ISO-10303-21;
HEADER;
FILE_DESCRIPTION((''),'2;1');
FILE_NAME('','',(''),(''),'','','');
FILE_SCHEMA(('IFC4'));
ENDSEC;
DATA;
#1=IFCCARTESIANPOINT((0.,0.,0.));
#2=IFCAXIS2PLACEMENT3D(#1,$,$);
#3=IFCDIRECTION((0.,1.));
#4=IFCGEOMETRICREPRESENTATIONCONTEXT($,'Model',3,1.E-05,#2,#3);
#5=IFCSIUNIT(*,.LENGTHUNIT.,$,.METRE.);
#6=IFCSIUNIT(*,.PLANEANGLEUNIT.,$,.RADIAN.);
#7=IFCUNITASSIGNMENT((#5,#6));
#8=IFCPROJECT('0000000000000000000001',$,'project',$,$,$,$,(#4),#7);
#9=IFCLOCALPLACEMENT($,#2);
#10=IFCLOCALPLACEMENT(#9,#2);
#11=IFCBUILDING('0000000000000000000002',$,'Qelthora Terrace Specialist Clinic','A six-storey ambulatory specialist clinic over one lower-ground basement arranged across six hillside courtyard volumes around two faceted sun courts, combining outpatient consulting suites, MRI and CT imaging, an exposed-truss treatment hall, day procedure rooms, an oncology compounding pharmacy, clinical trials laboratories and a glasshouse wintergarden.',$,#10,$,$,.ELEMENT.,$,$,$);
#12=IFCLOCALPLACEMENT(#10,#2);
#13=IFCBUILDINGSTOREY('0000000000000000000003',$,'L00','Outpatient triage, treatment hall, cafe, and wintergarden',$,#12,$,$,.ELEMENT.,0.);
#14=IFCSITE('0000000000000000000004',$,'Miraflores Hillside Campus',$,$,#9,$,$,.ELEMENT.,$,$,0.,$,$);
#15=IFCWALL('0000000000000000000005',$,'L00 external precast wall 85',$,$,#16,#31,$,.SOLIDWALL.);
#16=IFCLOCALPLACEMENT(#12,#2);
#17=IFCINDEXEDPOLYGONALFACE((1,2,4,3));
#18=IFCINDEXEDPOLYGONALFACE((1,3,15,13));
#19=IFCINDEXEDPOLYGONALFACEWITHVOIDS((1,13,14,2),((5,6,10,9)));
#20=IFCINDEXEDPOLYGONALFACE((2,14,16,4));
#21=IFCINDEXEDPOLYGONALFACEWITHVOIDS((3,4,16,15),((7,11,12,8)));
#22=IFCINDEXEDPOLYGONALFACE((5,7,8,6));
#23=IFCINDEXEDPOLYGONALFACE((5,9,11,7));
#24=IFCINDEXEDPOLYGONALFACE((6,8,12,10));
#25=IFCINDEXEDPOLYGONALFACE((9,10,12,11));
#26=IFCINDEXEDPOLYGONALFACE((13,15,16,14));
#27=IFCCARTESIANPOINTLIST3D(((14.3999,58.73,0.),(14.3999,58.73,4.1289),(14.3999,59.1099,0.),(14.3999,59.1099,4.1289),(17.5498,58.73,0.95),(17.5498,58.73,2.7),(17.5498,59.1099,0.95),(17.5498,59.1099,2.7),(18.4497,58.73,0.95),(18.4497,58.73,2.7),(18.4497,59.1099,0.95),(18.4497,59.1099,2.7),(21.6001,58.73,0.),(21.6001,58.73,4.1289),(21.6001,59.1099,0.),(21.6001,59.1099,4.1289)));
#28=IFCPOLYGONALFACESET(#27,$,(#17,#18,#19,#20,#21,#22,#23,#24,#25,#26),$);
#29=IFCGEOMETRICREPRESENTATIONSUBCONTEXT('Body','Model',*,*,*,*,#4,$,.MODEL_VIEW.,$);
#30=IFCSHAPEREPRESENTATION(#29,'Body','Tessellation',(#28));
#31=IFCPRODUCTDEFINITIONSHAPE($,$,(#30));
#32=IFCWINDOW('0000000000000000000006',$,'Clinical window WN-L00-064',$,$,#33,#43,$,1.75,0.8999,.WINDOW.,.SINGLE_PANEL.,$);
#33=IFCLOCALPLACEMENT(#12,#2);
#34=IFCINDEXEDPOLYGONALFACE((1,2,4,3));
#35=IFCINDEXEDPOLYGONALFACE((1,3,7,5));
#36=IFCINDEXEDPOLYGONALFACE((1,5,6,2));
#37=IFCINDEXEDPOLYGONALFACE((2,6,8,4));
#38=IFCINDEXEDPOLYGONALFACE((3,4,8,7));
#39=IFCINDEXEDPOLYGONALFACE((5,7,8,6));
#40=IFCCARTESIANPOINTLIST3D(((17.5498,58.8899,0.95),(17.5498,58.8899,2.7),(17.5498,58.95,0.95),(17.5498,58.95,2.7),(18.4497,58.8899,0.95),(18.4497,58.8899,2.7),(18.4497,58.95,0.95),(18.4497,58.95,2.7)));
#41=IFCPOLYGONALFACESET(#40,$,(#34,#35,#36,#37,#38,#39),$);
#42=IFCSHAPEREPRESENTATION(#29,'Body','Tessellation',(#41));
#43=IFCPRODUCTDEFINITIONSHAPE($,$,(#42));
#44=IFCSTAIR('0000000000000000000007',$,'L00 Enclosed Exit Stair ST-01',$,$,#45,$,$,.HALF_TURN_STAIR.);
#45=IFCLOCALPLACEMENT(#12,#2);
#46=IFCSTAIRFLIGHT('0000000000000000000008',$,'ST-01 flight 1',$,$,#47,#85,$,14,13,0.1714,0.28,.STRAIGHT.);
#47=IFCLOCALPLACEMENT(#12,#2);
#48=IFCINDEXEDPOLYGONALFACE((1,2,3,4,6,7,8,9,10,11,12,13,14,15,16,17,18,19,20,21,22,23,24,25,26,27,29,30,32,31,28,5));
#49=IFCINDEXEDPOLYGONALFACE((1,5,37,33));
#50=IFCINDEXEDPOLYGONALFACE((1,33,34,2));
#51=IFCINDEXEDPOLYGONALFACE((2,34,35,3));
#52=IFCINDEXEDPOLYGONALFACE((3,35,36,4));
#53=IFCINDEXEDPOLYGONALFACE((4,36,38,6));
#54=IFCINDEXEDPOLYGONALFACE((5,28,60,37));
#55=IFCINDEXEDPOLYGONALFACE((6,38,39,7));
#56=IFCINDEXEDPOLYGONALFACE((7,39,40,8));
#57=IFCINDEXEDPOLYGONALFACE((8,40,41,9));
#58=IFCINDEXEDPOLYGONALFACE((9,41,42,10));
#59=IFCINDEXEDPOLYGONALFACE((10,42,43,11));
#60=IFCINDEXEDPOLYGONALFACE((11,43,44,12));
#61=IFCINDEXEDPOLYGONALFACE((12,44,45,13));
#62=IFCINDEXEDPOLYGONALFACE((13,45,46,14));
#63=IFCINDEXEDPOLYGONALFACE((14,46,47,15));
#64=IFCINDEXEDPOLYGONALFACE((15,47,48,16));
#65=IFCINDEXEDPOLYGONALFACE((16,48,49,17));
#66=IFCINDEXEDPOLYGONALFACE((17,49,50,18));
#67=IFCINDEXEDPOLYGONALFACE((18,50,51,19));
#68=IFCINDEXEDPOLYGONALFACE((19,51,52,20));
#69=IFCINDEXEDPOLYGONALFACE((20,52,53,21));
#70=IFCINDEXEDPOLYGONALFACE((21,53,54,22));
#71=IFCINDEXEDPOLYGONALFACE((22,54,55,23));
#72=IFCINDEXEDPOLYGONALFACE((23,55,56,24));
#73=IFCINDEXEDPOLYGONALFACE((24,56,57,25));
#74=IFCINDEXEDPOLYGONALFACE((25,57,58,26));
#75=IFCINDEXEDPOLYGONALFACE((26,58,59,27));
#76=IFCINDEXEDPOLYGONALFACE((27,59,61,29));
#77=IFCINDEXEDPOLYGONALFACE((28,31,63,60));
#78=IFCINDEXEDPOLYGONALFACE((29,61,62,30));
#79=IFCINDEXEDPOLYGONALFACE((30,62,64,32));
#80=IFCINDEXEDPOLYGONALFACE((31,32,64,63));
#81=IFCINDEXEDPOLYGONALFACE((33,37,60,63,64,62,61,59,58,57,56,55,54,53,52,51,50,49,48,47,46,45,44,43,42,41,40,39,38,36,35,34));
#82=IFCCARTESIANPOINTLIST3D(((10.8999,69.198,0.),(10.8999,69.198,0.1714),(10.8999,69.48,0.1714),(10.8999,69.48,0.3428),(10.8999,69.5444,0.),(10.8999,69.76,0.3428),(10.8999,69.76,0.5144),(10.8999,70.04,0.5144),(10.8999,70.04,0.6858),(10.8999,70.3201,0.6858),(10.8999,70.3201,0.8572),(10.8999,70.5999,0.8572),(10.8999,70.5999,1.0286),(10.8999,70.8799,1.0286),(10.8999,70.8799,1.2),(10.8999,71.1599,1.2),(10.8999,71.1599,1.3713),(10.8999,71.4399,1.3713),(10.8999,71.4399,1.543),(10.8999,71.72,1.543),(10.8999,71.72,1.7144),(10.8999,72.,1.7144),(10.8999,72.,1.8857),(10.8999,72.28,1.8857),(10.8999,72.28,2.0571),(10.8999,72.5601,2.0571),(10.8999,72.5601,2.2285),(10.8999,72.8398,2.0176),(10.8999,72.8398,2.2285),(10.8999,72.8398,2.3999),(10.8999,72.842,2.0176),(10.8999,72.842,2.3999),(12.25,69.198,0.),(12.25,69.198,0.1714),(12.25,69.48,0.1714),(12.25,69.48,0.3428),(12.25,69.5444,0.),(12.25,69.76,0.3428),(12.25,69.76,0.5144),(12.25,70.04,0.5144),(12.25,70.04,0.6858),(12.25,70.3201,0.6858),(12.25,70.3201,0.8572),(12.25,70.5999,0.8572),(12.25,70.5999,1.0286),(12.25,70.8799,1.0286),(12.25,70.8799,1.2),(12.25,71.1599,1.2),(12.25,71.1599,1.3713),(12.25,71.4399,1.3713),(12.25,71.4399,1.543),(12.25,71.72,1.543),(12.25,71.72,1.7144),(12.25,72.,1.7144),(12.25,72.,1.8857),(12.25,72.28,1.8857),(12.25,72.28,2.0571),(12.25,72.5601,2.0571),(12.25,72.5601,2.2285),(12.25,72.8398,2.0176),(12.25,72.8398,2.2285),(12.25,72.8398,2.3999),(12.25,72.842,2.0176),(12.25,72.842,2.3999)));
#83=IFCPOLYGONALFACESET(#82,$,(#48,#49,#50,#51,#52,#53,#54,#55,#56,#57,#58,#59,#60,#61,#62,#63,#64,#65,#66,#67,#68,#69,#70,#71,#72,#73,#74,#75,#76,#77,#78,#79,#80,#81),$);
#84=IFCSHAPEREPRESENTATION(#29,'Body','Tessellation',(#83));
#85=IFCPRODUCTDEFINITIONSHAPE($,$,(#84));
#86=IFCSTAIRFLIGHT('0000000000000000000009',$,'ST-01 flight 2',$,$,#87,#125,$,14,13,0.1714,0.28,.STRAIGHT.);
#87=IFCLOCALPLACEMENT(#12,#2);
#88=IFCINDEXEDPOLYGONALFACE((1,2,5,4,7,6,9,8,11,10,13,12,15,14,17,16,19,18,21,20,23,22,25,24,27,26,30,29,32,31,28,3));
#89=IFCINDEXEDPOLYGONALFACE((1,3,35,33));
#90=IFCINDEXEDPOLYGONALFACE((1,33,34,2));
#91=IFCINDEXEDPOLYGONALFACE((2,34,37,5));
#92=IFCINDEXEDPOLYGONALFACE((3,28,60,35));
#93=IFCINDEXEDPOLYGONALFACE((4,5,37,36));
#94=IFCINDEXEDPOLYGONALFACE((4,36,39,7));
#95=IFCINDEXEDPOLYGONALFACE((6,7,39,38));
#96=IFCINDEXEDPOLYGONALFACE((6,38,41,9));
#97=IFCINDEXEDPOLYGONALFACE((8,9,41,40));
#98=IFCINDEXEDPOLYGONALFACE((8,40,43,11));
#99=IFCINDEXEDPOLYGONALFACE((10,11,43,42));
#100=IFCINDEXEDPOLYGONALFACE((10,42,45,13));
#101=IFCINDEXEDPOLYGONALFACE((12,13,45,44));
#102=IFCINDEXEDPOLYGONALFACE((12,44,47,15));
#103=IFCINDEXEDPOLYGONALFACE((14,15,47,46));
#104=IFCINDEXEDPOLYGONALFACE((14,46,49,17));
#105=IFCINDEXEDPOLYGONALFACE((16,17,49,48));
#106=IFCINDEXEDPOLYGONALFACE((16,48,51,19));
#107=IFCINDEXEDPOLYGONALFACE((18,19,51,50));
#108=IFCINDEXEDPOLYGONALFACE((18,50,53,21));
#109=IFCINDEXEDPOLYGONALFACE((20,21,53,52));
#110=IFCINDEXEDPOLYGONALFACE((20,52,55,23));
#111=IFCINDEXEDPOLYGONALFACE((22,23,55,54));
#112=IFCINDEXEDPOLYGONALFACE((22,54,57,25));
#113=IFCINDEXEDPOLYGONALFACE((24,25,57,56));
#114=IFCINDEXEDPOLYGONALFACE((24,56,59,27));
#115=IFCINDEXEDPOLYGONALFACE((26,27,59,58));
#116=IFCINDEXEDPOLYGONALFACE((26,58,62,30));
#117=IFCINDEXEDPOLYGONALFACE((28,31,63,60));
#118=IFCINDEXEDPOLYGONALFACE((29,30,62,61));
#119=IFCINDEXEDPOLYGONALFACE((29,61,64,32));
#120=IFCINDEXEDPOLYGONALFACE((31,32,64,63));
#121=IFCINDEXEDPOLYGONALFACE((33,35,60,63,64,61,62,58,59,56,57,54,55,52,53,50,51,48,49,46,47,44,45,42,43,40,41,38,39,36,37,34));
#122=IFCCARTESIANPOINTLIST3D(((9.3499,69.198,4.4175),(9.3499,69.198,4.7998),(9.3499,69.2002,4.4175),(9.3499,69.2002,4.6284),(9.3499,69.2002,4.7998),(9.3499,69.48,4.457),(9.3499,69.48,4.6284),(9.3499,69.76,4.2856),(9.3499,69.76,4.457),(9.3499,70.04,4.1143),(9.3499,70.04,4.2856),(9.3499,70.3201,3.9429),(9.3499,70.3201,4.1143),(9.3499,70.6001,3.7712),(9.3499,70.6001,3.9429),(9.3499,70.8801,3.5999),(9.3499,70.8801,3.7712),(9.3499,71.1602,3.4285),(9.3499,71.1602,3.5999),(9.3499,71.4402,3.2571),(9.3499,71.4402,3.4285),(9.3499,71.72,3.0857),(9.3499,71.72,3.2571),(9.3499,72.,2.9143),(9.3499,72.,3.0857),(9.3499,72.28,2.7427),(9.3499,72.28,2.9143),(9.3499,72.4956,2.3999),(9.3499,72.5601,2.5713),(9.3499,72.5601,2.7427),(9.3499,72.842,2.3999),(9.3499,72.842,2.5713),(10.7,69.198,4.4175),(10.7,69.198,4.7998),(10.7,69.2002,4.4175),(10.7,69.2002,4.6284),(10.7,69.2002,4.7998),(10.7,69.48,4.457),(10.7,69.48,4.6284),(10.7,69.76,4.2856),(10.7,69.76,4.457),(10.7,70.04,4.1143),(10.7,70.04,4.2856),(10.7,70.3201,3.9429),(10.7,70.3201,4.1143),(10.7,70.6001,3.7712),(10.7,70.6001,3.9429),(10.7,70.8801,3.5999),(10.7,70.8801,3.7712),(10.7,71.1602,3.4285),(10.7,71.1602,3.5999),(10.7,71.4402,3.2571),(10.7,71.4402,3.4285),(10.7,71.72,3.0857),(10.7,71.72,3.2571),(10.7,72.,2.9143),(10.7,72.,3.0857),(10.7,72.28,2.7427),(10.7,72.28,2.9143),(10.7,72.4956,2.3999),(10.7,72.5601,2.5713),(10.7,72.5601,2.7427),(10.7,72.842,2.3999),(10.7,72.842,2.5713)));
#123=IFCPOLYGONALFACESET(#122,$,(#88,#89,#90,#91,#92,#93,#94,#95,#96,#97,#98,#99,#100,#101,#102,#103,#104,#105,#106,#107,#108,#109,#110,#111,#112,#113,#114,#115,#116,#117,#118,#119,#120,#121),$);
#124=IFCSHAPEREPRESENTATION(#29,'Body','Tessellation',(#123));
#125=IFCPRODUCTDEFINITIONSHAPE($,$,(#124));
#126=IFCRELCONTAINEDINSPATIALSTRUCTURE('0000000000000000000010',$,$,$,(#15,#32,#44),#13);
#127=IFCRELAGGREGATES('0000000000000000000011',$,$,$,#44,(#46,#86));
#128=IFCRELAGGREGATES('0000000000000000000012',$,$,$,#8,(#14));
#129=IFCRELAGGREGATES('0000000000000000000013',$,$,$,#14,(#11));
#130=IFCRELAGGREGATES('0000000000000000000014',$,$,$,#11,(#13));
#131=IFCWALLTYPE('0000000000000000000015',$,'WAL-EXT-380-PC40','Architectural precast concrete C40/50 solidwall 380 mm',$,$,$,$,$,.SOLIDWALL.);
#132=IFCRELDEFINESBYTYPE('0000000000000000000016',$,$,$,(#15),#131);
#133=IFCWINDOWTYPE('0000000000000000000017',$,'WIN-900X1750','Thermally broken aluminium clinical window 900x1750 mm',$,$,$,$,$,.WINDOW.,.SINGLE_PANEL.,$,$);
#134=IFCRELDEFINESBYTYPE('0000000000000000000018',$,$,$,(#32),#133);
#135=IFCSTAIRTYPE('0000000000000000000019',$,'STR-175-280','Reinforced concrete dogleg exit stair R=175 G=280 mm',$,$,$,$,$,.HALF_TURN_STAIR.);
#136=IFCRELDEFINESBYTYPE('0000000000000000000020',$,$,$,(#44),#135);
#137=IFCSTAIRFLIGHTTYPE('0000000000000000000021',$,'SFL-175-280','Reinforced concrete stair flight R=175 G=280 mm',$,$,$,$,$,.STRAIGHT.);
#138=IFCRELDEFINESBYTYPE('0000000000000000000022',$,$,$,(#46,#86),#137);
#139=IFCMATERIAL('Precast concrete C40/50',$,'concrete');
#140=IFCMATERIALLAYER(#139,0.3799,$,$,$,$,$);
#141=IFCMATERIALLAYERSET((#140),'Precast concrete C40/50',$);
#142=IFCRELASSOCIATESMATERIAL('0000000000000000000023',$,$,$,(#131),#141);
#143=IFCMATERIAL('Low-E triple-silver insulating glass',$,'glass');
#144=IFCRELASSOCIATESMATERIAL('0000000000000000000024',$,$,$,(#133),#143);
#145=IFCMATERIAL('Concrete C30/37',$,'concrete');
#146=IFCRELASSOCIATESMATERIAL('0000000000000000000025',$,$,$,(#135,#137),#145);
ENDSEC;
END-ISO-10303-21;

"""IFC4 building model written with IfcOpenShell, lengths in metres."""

from ifc_helpers import new_model, si_unit, direction, frame, frame_2d, origin, place, context, subcontext, project, spatial, polyline, rectangle, outline, extrude, material, layer, layer_set, type_object, element, fill, aggregate, save


model = new_model("IFC4")

# Units and contexts
model_context = context("Model", 3, precision=1e-05, world=origin(), true_north=direction((0.0, 1.0)))
body_context = subcontext(model_context, "Body", "Model", "MODEL_VIEW")
ifc_project = project(units=[si_unit("LENGTHUNIT", "METRE"), si_unit("PLANEANGLEUNIT", "RADIAN")], contexts=[model_context])

# Site, building, storey
site_placement = place(None, origin())
site = spatial("IfcSite", under=ifc_project, at=site_placement, Name="Miraflores Hillside Campus", CompositionType="ELEMENT", RefElevation=0.0)
building_placement = place(site_placement, origin())
building = spatial("IfcBuilding", under=site, at=building_placement, Name="Qelthora Terrace Specialist Clinic", Description="A six-storey ambulatory specialist clinic over one lower-ground basement arranged across six hillside courtyard volumes around two faceted sun courts, combining outpatient consulting suites, MRI and CT imaging, an exposed-truss treatment hall, day procedure rooms, an oncology compounding pharmacy, clinical trials laboratories and a glasshouse wintergarden.", CompositionType="ELEMENT")
storey_placement = place(building_placement, origin())
storey = spatial("IfcBuildingStorey", under=building, at=storey_placement, Name="L00", Description="Outpatient triage, treatment hall, cafe, and wintergarden", CompositionType="ELEMENT", Elevation=0.0)

# Shared definitions
ifc_material_1 = material(Name="Precast concrete C40/50", Category="concrete")

# Wall, opening, window
ifc_layer_1 = layer(ifc_material_1, 0.3799)
ifc_layer_set_1 = layer_set([ifc_layer_1], Name="Precast concrete C40/50")
wall_type_1 = type_object("IfcWallType", Name="WAL-EXT-380-PC40", Description="Architectural precast concrete C40/50 solidwall 380 mm", PredefinedType="SOLIDWALL", material=ifc_layer_set_1)
wall_1_placement = place(storey_placement, frame((14.3999, 58.9199, 0.0), z_axis=(0.0, 0.0, 1.0), x_axis=(1.0, 0.0, 0.0)))
wall_1 = element("IfcWall", 1, at=wall_1_placement, inside=storey, type_object=wall_type_1, Name="L00 external precast wall 85", PredefinedType="SOLIDWALL", context=body_context, shape_type="SweptSolid", body=[
    extrude(rectangle(XDim=7.2002, YDim=0.3799, at=frame_2d((3.6001, 0.0))), origin(), (0.0, 0.0, 1.0), 4.1289),
])
opening_1_placement = place(wall_1_placement, frame((3.1499, 0.0, 0.95)))
opening_1 = element("IfcOpeningElement", 2, at=opening_1_placement, cuts=wall_1, PredefinedType="OPENING", context=body_context, shape_type="SweptSolid", body=[
    extrude(rectangle(XDim=0.8999, YDim=1.75, at=frame_2d((0.45, 0.875))), frame((0.0, 0.2, 0.0), z_axis=(0.0, -1.0, 0.0), x_axis=(1.0, 0.0, 0.0)), (0.0, 0.0, 1.0), 0.3999),
])
ifc_material_2 = material(Name="Low-E triple-silver insulating glass", Category="glass")
window_type = type_object("IfcWindowType", Name="WIN-900X1750", Description="Thermally broken aluminium clinical window 900x1750 mm", PartitioningType="SINGLE_PANEL", PredefinedType="WINDOW", material=ifc_material_2)
window_placement = place(opening_1_placement, origin())
window = element("IfcWindow", 3, at=window_placement, inside=storey, type_object=window_type, Name="Clinical window WN-L00-064", OverallHeight=1.75, OverallWidth=0.8999, PartitioningType="SINGLE_PANEL", PredefinedType="WINDOW", context=body_context, shape_type="SweptSolid", body=[
    extrude(rectangle(XDim=0.8999, YDim=1.75, at=frame_2d((0.45, 0.875))), frame((0.0, 0.03, 0.0), z_axis=(0.0, -1.0, 0.0), x_axis=(1.0, 0.0, 0.0)), (0.0, 0.0, 1.0), 0.0601),
])
fill(opening_1, window)

# Stair, stair flights
ifc_material_3 = material(Name="Concrete C30/37", Category="concrete")
stair_type = type_object("IfcStairType", Name="STR-175-280", Description="Reinforced concrete dogleg exit stair R=175 G=280 mm", PredefinedType="HALF_TURN_STAIR", material=ifc_material_3)
stair_placement = place(storey_placement, origin())
stair = element("IfcStair", 4, at=stair_placement, inside=storey, type_object=stair_type, Name="L00 Enclosed Exit Stair ST-01", PredefinedType="HALF_TURN_STAIR")
stair_flight_type = type_object("IfcStairFlightType", Name="SFL-175-280", Description="Reinforced concrete stair flight R=175 G=280 mm", PredefinedType="STRAIGHT", material=ifc_material_3)
stair_flight_1_placement = place(storey_placement, frame((11.575, 69.2, 0.0), z_axis=(0.0, 0.0, 1.0), x_axis=(0.0, 1.0, 0.0)))
stair_flight_1 = element("IfcStairFlight", 5, at=stair_flight_1_placement, type_object=stair_flight_type, Name="ST-01 flight 1", NumberOfRisers=14, NumberOfTreads=13, PredefinedType="STRAIGHT", RiserHeight=0.1714, TreadLength=0.28, context=body_context, shape_type="SweptSolid", body=[
    extrude(outline(polyline([(-0.002, 0.0), (-0.002, 0.1714), (0.28, 0.1714), (0.28, 0.3428), (0.5601, 0.3428), (0.5601, 0.5144), (0.8401, 0.5144), (0.8401, 0.6858), (1.1201, 0.6858), (1.1201, 0.8572), (1.3999, 0.8572), (1.3999, 1.0286), (1.6799, 1.0286), (1.6799, 1.2), (1.96, 1.2), (1.96, 1.3713), (2.24, 1.3713), (2.24, 1.543), (2.52, 1.543), (2.52, 1.7144), (2.8, 1.7144), (2.8, 1.8857), (3.0801, 1.8857), (3.0801, 2.0571), (3.3601, 2.0571), (3.3601, 2.2285), (3.6399, 2.2285), (3.6399, 2.3999), (3.6421, 2.3999), (3.6421, 2.0176), (3.6399, 2.0176), (0.3445, 0.0), (-0.002, 0.0)])), frame((0.0, 0.675, 0.0), z_axis=(0.0, -1.0, 0.0), x_axis=(1.0, 0.0, 0.0)), (0.0, 0.0, 1.0), 1.3501),
])
stair_flight_2_placement = place(storey_placement, frame((10.0249, 72.8401, 2.3999), z_axis=(0.0, 0.0, 1.0), x_axis=(0.0, -1.0, 0.0)))
stair_flight_2 = element("IfcStairFlight", 6, at=stair_flight_2_placement, type_object=stair_flight_type, Name="ST-01 flight 2", NumberOfRisers=14, NumberOfTreads=13, PredefinedType="STRAIGHT", RiserHeight=0.1714, TreadLength=0.28, context=body_context, shape_type="SweptSolid", body=[
    extrude(outline(polyline([(-0.002, 0.0), (-0.002, 0.1714), (0.28, 0.1714), (0.28, 0.3428), (0.5601, 0.3428), (0.5601, 0.5144), (0.8401, 0.5144), (0.8401, 0.6858), (1.1201, 0.6858), (1.1201, 0.8572), (1.3999, 0.8572), (1.3999, 1.0286), (1.6799, 1.0286), (1.6799, 1.2), (1.96, 1.2), (1.96, 1.3713), (2.24, 1.3713), (2.24, 1.543), (2.52, 1.543), (2.52, 1.7144), (2.8, 1.7144), (2.8, 1.8857), (3.0801, 1.8857), (3.0801, 2.0571), (3.3601, 2.0571), (3.3601, 2.2285), (3.6399, 2.2285), (3.6399, 2.3999), (3.6421, 2.3999), (3.6421, 2.0176), (3.6399, 2.0176), (0.3445, 0.0), (-0.002, 0.0)])), frame((0.0, 0.675, 0.0), z_axis=(0.0, -1.0, 0.0), x_axis=(1.0, 0.0, 0.0)), (0.0, 0.0, 1.0), 1.3501),
])
aggregate(stair, [stair_flight_1, stair_flight_2])

save(model, "model.ifc")
